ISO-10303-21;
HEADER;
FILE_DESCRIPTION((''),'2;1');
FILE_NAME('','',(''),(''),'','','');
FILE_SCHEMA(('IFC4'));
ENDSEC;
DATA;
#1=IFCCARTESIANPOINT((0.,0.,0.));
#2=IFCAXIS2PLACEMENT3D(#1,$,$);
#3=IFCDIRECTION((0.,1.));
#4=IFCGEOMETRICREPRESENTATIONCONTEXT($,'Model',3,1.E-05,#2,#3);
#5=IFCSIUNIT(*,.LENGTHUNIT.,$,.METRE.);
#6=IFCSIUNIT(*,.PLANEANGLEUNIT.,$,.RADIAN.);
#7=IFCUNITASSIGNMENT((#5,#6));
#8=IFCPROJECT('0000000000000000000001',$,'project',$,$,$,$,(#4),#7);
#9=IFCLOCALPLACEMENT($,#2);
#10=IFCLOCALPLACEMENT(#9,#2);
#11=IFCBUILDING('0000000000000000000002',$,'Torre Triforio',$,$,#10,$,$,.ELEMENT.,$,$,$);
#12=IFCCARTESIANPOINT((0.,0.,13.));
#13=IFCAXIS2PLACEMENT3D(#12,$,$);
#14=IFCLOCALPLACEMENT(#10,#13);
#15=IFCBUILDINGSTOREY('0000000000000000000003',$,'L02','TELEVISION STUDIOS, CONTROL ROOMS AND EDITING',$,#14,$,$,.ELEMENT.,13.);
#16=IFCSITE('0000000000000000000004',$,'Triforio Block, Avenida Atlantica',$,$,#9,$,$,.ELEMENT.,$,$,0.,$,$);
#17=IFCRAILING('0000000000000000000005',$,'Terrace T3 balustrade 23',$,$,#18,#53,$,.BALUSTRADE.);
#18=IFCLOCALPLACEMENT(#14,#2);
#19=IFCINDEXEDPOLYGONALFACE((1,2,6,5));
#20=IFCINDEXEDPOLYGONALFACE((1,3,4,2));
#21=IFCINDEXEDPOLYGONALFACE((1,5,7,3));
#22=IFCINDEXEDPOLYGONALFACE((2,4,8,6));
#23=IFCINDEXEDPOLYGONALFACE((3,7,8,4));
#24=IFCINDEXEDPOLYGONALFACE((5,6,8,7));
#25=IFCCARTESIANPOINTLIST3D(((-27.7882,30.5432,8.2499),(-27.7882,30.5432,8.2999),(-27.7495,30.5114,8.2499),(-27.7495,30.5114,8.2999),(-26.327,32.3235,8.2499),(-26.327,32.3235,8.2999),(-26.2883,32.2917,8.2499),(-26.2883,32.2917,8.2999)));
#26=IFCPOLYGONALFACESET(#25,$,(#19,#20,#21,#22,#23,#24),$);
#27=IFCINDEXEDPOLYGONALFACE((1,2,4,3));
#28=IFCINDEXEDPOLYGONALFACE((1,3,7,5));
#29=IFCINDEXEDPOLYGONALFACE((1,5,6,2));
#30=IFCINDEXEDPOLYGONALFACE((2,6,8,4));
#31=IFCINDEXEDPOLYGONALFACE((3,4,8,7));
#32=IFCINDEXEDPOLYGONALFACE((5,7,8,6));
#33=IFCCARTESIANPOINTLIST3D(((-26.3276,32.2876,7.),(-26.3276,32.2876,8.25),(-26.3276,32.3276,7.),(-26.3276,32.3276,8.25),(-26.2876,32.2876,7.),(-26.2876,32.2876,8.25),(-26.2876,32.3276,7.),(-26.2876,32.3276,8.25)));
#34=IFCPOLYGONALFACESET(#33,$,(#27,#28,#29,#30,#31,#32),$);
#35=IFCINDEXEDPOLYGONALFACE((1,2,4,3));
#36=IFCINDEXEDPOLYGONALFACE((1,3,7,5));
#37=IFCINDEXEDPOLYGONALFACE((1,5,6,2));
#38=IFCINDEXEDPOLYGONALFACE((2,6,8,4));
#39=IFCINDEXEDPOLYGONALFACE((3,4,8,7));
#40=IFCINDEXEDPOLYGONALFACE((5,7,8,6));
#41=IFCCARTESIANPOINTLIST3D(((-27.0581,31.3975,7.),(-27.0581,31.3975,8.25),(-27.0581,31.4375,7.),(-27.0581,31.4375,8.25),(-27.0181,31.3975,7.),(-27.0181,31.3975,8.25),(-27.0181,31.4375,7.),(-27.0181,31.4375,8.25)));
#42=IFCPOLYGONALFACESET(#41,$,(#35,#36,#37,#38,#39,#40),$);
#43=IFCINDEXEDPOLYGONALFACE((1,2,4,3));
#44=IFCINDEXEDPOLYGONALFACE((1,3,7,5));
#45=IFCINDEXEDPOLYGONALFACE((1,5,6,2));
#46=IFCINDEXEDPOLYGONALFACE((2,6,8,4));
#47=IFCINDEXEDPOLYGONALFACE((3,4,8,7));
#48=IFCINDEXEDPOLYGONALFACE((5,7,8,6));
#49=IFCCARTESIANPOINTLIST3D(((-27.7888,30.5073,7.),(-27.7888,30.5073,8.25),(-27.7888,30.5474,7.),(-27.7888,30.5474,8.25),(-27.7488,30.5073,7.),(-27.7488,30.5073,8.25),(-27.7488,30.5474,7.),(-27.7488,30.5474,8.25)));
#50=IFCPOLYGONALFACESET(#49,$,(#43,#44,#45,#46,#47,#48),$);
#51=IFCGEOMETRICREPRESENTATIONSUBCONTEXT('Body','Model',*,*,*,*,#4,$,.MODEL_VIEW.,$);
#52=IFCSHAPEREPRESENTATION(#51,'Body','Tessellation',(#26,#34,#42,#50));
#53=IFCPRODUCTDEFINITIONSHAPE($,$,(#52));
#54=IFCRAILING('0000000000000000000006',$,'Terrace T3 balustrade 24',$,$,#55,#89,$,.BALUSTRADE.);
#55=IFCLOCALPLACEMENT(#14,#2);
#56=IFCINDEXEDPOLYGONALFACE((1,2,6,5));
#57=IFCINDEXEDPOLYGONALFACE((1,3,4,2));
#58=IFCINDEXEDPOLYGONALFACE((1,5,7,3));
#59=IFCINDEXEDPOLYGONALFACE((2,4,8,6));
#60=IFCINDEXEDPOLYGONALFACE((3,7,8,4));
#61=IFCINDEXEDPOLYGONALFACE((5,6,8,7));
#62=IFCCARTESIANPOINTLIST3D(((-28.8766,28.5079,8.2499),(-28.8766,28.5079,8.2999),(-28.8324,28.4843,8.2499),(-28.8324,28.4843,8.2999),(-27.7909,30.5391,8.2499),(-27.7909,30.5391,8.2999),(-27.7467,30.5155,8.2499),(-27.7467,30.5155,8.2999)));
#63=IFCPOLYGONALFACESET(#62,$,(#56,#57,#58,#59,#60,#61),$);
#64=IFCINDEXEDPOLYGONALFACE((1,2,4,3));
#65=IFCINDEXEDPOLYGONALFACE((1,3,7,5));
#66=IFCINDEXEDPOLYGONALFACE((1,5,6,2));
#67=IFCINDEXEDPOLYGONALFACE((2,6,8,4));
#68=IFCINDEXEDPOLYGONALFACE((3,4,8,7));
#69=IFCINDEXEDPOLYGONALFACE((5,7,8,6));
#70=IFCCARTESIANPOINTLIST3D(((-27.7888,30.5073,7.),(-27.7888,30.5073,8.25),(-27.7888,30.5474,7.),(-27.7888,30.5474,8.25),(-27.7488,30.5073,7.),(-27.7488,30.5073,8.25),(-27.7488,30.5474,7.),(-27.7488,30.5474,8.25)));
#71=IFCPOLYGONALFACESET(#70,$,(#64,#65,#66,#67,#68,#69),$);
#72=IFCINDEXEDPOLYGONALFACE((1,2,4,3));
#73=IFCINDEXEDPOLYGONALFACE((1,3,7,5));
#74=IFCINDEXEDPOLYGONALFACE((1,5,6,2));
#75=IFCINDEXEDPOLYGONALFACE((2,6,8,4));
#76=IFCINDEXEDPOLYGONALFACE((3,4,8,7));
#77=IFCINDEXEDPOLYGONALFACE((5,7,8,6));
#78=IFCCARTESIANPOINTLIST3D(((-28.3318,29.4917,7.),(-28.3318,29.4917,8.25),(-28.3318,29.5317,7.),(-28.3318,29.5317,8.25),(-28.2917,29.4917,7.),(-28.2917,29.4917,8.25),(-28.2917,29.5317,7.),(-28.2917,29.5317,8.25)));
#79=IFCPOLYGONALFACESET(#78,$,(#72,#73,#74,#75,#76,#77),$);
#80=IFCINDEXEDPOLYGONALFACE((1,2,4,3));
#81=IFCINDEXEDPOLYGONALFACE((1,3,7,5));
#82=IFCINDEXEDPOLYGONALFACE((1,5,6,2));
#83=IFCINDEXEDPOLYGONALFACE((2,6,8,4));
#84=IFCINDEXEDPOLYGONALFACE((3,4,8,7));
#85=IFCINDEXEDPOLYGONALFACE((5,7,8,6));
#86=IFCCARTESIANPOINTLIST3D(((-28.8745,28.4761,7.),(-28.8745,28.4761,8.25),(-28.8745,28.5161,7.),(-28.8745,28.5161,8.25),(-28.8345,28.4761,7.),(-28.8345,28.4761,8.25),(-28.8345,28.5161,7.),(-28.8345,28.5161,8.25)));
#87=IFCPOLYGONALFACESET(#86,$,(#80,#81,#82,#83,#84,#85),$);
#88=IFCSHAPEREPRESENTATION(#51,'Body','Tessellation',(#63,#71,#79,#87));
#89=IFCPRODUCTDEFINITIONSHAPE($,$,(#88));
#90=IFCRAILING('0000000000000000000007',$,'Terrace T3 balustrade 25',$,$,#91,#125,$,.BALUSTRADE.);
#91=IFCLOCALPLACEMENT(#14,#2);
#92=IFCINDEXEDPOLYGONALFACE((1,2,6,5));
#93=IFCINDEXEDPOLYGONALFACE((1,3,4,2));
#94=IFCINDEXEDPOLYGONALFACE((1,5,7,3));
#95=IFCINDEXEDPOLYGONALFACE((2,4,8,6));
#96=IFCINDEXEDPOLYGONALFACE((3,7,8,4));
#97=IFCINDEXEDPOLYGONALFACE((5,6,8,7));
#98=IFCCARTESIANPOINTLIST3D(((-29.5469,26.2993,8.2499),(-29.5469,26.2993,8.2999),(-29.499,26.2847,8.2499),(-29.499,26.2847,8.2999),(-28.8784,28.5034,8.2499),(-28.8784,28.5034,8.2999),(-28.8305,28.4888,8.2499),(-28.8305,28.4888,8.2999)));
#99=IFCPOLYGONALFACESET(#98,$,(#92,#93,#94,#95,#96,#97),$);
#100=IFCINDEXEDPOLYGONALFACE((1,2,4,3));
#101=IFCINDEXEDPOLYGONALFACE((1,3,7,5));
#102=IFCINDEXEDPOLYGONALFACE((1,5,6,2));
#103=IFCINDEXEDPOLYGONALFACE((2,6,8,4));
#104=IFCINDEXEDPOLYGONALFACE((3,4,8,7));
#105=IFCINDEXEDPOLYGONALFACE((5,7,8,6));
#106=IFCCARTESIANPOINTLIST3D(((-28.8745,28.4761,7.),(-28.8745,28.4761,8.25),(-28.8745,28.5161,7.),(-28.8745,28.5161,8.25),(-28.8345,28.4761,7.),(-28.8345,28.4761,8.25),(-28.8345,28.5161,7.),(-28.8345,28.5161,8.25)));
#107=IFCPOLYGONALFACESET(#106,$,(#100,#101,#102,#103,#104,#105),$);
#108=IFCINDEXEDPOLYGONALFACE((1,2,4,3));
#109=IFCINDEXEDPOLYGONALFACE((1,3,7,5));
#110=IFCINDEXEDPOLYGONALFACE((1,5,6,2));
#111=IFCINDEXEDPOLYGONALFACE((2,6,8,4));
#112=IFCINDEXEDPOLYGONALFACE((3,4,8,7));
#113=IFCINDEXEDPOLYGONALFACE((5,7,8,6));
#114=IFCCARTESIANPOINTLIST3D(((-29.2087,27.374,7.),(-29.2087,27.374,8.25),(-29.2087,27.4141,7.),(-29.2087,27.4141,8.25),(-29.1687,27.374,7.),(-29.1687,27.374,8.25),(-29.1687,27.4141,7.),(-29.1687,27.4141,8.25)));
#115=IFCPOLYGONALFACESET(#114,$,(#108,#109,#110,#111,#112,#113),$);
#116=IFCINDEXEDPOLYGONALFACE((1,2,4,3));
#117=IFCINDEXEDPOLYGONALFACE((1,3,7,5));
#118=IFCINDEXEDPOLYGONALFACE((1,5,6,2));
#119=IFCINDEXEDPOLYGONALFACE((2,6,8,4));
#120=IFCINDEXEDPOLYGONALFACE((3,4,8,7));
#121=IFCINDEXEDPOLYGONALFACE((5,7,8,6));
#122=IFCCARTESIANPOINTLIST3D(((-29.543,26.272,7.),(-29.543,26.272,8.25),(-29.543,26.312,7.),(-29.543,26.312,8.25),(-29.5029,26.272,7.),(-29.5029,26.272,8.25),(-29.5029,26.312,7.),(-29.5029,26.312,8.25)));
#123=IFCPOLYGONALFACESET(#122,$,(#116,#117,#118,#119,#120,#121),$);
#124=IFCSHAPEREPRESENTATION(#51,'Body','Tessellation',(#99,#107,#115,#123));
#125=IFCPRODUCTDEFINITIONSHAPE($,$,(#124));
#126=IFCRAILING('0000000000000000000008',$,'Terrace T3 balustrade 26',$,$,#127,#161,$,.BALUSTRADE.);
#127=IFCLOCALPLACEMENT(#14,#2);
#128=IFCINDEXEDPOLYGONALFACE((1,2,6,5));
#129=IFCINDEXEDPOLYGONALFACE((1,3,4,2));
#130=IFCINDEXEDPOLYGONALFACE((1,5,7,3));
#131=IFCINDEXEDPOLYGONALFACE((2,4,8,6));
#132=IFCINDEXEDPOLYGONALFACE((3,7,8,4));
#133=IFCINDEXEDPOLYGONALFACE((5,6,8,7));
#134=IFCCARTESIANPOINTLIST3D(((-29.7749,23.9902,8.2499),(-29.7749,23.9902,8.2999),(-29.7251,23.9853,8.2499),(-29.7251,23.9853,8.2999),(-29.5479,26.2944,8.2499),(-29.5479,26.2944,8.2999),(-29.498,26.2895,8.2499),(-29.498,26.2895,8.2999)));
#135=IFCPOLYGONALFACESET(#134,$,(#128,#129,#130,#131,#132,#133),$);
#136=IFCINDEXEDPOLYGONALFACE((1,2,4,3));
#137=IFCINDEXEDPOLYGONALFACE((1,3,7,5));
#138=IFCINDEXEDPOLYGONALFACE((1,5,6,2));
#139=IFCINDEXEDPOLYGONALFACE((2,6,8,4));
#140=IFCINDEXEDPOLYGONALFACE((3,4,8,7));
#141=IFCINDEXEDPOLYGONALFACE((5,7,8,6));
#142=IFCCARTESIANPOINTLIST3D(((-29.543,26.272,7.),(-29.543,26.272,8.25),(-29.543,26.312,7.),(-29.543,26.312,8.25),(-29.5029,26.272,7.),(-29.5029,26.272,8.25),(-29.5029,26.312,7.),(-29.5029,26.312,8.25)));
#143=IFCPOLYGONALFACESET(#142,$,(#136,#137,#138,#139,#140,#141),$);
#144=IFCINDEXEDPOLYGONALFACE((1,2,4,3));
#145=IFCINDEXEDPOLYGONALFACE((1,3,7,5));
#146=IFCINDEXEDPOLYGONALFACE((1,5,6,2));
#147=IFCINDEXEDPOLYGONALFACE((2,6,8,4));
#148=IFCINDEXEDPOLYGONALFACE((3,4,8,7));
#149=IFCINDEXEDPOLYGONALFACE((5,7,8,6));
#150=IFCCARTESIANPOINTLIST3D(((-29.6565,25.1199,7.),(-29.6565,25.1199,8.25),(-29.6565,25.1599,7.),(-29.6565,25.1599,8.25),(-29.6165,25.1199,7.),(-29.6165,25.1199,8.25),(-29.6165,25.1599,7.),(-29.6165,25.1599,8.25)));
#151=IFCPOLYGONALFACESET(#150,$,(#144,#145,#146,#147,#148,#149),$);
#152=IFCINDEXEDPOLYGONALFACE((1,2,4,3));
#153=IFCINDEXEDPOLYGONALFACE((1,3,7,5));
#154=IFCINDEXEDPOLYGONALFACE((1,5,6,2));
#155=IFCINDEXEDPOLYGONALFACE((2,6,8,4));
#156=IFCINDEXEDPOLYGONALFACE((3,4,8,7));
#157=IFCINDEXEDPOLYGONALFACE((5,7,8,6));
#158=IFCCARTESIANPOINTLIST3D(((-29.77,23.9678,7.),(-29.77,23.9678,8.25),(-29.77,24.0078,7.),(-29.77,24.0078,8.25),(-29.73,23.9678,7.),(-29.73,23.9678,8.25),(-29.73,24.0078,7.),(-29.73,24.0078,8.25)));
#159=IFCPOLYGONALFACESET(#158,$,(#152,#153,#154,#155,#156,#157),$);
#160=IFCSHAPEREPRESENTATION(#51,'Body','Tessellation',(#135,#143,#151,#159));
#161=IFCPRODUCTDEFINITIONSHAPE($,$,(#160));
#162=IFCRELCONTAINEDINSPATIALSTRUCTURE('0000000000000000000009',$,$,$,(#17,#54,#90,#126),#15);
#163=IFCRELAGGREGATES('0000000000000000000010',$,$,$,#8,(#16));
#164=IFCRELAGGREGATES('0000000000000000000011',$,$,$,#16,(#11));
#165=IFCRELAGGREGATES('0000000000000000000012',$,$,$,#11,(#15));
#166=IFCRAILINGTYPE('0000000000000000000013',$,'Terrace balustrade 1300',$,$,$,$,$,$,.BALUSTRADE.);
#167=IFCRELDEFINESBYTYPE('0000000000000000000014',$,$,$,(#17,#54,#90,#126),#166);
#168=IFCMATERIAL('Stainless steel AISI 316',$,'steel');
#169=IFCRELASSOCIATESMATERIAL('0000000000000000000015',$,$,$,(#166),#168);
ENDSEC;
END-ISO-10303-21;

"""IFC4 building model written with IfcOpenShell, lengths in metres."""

from ifc_helpers import new_model, si_unit, direction, frame, origin, origin_2d, place, context, subcontext, project, spatial, rectangle, extrude, material, type_object, element, save


model = new_model("IFC4")

# Units and contexts
model_context = context("Model", 3, precision=1e-05, world=origin(), true_north=direction((0.0, 1.0)))
body_context = subcontext(model_context, "Body", "Model", "MODEL_VIEW")
ifc_project = project(units=[si_unit("LENGTHUNIT", "METRE"), si_unit("PLANEANGLEUNIT", "RADIAN")], contexts=[model_context])

# Site, building, storey
site_placement = place(None, origin())
site = spatial("IfcSite", under=ifc_project, at=site_placement, Name="Triforio Block, Avenida Atlantica", CompositionType="ELEMENT", RefElevation=0.0)
building_placement = place(site_placement, origin())
building = spatial("IfcBuilding", under=site, at=building_placement, Name="Torre Triforio", CompositionType="ELEMENT")
storey_placement = place(building_placement, frame((0.0, 0.0, 13.0)))
storey = spatial("IfcBuildingStorey", under=building, at=storey_placement, Name="L02", Description="TELEVISION STUDIOS, CONTROL ROOMS AND EDITING", CompositionType="ELEMENT", Elevation=13.0)

# Railings
ifc_material_1 = material(Name="Stainless steel AISI 316", Category="steel")
railing_type = type_object("IfcRailingType", Name="Terrace balustrade 1300", PredefinedType="BALUSTRADE", material=ifc_material_1)
railing_1_placement = place(storey_placement, frame((-26.3076, 32.3076, 7.0)))
element("IfcRailing", 1, at=railing_1_placement, inside=storey, type_object=railing_type, Name="Terrace T3 balustrade 23", PredefinedType="BALUSTRADE", context=body_context, shape_type="SweptSolid", body=[
    extrude(rectangle(XDim=0.05, YDim=0.05, at=origin_2d()), frame((0.0, 0.0, 1.2749), z_axis=(-0.634432, -0.772979, 0.0), x_axis=(0.772979, -0.634432, 0.0)), (0.0, 0.0, 1.0), 2.3032),
    extrude(rectangle(XDim=0.04, YDim=0.04, at=origin_2d()), origin(), (0.0, 0.0, 1.0), 1.25),
    extrude(rectangle(XDim=0.04, YDim=0.04, at=origin_2d()), frame((-0.7305, -0.8901, 0.0)), (0.0, 0.0, 1.0), 1.25),
    extrude(rectangle(XDim=0.04, YDim=0.04, at=origin_2d()), frame((-1.4612, -1.7803, 0.0)), (0.0, 0.0, 1.0), 1.25),
])
railing_2_placement = place(storey_placement, frame((-27.7688, 30.5273, 7.0)))
element("IfcRailing", 2, at=railing_2_placement, inside=storey, type_object=railing_type, Name="Terrace T3 balustrade 24", PredefinedType="BALUSTRADE", context=body_context, shape_type="SweptSolid", body=[
    extrude(rectangle(XDim=0.05, YDim=0.05, at=origin_2d()), frame((0.0, 0.0, 1.2749), z_axis=(-0.471386, -0.881927, 0.0), x_axis=(0.881927, -0.471386, 0.0)), (0.0, 0.0, 1.0), 2.3032),
    extrude(rectangle(XDim=0.04, YDim=0.04, at=origin_2d()), origin(), (0.0, 0.0, 1.0), 1.25),
    extrude(rectangle(XDim=0.04, YDim=0.04, at=origin_2d()), frame((-0.543, -1.0156, 0.0)), (0.0, 0.0, 1.0), 1.25),
    extrude(rectangle(XDim=0.04, YDim=0.04, at=origin_2d()), frame((-1.0857, -2.0312, 0.0)), (0.0, 0.0, 1.0), 1.25),
])
railing_3_placement = place(storey_placement, frame((-28.8545, 28.4961, 7.0)))
element("IfcRailing", 3, at=railing_3_placement, inside=storey, type_object=railing_type, Name="Terrace T3 balustrade 25", PredefinedType="BALUSTRADE", context=body_context, shape_type="SweptSolid", body=[
    extrude(rectangle(XDim=0.05, YDim=0.05, at=origin_2d()), frame((0.0, 0.0, 1.2749), z_axis=(-0.290225, -0.956958, 0.0), x_axis=(0.956958, -0.290225, 0.0)), (0.0, 0.0, 1.0), 2.3032),
    extrude(rectangle(XDim=0.04, YDim=0.04, at=origin_2d()), origin(), (0.0, 0.0, 1.0), 1.25),
    extrude(rectangle(XDim=0.04, YDim=0.04, at=origin_2d()), frame((-0.3342, -1.1021, 0.0)), (0.0, 0.0, 1.0), 1.25),
    extrude(rectangle(XDim=0.04, YDim=0.04, at=origin_2d()), frame((-0.6685, -2.2041, 0.0)), (0.0, 0.0, 1.0), 1.25),
])
railing_4_placement = place(storey_placement, frame((-29.5229, 26.292, 7.0)))
element("IfcRailing", 4, at=railing_4_placement, inside=storey, type_object=railing_type, Name="Terrace T3 balustrade 26", PredefinedType="BALUSTRADE", context=body_context, shape_type="SweptSolid", body=[
    extrude(rectangle(XDim=0.05, YDim=0.05, at=origin_2d()), frame((0.0, 0.0, 1.2749), z_axis=(-0.098063, -0.99518, 0.0), x_axis=(0.99518, -0.098063, 0.0)), (0.0, 0.0, 1.0), 2.3154),
    extrude(rectangle(XDim=0.04, YDim=0.04, at=origin_2d()), origin(), (0.0, 0.0, 1.0), 1.25),
    extrude(rectangle(XDim=0.04, YDim=0.04, at=origin_2d()), frame((-0.1135, -1.1521, 0.0)), (0.0, 0.0, 1.0), 1.25),
    extrude(rectangle(XDim=0.04, YDim=0.04, at=origin_2d()), frame((-0.2271, -2.3042, 0.0)), (0.0, 0.0, 1.0), 1.25),
])

save(model, "model.ifc")
